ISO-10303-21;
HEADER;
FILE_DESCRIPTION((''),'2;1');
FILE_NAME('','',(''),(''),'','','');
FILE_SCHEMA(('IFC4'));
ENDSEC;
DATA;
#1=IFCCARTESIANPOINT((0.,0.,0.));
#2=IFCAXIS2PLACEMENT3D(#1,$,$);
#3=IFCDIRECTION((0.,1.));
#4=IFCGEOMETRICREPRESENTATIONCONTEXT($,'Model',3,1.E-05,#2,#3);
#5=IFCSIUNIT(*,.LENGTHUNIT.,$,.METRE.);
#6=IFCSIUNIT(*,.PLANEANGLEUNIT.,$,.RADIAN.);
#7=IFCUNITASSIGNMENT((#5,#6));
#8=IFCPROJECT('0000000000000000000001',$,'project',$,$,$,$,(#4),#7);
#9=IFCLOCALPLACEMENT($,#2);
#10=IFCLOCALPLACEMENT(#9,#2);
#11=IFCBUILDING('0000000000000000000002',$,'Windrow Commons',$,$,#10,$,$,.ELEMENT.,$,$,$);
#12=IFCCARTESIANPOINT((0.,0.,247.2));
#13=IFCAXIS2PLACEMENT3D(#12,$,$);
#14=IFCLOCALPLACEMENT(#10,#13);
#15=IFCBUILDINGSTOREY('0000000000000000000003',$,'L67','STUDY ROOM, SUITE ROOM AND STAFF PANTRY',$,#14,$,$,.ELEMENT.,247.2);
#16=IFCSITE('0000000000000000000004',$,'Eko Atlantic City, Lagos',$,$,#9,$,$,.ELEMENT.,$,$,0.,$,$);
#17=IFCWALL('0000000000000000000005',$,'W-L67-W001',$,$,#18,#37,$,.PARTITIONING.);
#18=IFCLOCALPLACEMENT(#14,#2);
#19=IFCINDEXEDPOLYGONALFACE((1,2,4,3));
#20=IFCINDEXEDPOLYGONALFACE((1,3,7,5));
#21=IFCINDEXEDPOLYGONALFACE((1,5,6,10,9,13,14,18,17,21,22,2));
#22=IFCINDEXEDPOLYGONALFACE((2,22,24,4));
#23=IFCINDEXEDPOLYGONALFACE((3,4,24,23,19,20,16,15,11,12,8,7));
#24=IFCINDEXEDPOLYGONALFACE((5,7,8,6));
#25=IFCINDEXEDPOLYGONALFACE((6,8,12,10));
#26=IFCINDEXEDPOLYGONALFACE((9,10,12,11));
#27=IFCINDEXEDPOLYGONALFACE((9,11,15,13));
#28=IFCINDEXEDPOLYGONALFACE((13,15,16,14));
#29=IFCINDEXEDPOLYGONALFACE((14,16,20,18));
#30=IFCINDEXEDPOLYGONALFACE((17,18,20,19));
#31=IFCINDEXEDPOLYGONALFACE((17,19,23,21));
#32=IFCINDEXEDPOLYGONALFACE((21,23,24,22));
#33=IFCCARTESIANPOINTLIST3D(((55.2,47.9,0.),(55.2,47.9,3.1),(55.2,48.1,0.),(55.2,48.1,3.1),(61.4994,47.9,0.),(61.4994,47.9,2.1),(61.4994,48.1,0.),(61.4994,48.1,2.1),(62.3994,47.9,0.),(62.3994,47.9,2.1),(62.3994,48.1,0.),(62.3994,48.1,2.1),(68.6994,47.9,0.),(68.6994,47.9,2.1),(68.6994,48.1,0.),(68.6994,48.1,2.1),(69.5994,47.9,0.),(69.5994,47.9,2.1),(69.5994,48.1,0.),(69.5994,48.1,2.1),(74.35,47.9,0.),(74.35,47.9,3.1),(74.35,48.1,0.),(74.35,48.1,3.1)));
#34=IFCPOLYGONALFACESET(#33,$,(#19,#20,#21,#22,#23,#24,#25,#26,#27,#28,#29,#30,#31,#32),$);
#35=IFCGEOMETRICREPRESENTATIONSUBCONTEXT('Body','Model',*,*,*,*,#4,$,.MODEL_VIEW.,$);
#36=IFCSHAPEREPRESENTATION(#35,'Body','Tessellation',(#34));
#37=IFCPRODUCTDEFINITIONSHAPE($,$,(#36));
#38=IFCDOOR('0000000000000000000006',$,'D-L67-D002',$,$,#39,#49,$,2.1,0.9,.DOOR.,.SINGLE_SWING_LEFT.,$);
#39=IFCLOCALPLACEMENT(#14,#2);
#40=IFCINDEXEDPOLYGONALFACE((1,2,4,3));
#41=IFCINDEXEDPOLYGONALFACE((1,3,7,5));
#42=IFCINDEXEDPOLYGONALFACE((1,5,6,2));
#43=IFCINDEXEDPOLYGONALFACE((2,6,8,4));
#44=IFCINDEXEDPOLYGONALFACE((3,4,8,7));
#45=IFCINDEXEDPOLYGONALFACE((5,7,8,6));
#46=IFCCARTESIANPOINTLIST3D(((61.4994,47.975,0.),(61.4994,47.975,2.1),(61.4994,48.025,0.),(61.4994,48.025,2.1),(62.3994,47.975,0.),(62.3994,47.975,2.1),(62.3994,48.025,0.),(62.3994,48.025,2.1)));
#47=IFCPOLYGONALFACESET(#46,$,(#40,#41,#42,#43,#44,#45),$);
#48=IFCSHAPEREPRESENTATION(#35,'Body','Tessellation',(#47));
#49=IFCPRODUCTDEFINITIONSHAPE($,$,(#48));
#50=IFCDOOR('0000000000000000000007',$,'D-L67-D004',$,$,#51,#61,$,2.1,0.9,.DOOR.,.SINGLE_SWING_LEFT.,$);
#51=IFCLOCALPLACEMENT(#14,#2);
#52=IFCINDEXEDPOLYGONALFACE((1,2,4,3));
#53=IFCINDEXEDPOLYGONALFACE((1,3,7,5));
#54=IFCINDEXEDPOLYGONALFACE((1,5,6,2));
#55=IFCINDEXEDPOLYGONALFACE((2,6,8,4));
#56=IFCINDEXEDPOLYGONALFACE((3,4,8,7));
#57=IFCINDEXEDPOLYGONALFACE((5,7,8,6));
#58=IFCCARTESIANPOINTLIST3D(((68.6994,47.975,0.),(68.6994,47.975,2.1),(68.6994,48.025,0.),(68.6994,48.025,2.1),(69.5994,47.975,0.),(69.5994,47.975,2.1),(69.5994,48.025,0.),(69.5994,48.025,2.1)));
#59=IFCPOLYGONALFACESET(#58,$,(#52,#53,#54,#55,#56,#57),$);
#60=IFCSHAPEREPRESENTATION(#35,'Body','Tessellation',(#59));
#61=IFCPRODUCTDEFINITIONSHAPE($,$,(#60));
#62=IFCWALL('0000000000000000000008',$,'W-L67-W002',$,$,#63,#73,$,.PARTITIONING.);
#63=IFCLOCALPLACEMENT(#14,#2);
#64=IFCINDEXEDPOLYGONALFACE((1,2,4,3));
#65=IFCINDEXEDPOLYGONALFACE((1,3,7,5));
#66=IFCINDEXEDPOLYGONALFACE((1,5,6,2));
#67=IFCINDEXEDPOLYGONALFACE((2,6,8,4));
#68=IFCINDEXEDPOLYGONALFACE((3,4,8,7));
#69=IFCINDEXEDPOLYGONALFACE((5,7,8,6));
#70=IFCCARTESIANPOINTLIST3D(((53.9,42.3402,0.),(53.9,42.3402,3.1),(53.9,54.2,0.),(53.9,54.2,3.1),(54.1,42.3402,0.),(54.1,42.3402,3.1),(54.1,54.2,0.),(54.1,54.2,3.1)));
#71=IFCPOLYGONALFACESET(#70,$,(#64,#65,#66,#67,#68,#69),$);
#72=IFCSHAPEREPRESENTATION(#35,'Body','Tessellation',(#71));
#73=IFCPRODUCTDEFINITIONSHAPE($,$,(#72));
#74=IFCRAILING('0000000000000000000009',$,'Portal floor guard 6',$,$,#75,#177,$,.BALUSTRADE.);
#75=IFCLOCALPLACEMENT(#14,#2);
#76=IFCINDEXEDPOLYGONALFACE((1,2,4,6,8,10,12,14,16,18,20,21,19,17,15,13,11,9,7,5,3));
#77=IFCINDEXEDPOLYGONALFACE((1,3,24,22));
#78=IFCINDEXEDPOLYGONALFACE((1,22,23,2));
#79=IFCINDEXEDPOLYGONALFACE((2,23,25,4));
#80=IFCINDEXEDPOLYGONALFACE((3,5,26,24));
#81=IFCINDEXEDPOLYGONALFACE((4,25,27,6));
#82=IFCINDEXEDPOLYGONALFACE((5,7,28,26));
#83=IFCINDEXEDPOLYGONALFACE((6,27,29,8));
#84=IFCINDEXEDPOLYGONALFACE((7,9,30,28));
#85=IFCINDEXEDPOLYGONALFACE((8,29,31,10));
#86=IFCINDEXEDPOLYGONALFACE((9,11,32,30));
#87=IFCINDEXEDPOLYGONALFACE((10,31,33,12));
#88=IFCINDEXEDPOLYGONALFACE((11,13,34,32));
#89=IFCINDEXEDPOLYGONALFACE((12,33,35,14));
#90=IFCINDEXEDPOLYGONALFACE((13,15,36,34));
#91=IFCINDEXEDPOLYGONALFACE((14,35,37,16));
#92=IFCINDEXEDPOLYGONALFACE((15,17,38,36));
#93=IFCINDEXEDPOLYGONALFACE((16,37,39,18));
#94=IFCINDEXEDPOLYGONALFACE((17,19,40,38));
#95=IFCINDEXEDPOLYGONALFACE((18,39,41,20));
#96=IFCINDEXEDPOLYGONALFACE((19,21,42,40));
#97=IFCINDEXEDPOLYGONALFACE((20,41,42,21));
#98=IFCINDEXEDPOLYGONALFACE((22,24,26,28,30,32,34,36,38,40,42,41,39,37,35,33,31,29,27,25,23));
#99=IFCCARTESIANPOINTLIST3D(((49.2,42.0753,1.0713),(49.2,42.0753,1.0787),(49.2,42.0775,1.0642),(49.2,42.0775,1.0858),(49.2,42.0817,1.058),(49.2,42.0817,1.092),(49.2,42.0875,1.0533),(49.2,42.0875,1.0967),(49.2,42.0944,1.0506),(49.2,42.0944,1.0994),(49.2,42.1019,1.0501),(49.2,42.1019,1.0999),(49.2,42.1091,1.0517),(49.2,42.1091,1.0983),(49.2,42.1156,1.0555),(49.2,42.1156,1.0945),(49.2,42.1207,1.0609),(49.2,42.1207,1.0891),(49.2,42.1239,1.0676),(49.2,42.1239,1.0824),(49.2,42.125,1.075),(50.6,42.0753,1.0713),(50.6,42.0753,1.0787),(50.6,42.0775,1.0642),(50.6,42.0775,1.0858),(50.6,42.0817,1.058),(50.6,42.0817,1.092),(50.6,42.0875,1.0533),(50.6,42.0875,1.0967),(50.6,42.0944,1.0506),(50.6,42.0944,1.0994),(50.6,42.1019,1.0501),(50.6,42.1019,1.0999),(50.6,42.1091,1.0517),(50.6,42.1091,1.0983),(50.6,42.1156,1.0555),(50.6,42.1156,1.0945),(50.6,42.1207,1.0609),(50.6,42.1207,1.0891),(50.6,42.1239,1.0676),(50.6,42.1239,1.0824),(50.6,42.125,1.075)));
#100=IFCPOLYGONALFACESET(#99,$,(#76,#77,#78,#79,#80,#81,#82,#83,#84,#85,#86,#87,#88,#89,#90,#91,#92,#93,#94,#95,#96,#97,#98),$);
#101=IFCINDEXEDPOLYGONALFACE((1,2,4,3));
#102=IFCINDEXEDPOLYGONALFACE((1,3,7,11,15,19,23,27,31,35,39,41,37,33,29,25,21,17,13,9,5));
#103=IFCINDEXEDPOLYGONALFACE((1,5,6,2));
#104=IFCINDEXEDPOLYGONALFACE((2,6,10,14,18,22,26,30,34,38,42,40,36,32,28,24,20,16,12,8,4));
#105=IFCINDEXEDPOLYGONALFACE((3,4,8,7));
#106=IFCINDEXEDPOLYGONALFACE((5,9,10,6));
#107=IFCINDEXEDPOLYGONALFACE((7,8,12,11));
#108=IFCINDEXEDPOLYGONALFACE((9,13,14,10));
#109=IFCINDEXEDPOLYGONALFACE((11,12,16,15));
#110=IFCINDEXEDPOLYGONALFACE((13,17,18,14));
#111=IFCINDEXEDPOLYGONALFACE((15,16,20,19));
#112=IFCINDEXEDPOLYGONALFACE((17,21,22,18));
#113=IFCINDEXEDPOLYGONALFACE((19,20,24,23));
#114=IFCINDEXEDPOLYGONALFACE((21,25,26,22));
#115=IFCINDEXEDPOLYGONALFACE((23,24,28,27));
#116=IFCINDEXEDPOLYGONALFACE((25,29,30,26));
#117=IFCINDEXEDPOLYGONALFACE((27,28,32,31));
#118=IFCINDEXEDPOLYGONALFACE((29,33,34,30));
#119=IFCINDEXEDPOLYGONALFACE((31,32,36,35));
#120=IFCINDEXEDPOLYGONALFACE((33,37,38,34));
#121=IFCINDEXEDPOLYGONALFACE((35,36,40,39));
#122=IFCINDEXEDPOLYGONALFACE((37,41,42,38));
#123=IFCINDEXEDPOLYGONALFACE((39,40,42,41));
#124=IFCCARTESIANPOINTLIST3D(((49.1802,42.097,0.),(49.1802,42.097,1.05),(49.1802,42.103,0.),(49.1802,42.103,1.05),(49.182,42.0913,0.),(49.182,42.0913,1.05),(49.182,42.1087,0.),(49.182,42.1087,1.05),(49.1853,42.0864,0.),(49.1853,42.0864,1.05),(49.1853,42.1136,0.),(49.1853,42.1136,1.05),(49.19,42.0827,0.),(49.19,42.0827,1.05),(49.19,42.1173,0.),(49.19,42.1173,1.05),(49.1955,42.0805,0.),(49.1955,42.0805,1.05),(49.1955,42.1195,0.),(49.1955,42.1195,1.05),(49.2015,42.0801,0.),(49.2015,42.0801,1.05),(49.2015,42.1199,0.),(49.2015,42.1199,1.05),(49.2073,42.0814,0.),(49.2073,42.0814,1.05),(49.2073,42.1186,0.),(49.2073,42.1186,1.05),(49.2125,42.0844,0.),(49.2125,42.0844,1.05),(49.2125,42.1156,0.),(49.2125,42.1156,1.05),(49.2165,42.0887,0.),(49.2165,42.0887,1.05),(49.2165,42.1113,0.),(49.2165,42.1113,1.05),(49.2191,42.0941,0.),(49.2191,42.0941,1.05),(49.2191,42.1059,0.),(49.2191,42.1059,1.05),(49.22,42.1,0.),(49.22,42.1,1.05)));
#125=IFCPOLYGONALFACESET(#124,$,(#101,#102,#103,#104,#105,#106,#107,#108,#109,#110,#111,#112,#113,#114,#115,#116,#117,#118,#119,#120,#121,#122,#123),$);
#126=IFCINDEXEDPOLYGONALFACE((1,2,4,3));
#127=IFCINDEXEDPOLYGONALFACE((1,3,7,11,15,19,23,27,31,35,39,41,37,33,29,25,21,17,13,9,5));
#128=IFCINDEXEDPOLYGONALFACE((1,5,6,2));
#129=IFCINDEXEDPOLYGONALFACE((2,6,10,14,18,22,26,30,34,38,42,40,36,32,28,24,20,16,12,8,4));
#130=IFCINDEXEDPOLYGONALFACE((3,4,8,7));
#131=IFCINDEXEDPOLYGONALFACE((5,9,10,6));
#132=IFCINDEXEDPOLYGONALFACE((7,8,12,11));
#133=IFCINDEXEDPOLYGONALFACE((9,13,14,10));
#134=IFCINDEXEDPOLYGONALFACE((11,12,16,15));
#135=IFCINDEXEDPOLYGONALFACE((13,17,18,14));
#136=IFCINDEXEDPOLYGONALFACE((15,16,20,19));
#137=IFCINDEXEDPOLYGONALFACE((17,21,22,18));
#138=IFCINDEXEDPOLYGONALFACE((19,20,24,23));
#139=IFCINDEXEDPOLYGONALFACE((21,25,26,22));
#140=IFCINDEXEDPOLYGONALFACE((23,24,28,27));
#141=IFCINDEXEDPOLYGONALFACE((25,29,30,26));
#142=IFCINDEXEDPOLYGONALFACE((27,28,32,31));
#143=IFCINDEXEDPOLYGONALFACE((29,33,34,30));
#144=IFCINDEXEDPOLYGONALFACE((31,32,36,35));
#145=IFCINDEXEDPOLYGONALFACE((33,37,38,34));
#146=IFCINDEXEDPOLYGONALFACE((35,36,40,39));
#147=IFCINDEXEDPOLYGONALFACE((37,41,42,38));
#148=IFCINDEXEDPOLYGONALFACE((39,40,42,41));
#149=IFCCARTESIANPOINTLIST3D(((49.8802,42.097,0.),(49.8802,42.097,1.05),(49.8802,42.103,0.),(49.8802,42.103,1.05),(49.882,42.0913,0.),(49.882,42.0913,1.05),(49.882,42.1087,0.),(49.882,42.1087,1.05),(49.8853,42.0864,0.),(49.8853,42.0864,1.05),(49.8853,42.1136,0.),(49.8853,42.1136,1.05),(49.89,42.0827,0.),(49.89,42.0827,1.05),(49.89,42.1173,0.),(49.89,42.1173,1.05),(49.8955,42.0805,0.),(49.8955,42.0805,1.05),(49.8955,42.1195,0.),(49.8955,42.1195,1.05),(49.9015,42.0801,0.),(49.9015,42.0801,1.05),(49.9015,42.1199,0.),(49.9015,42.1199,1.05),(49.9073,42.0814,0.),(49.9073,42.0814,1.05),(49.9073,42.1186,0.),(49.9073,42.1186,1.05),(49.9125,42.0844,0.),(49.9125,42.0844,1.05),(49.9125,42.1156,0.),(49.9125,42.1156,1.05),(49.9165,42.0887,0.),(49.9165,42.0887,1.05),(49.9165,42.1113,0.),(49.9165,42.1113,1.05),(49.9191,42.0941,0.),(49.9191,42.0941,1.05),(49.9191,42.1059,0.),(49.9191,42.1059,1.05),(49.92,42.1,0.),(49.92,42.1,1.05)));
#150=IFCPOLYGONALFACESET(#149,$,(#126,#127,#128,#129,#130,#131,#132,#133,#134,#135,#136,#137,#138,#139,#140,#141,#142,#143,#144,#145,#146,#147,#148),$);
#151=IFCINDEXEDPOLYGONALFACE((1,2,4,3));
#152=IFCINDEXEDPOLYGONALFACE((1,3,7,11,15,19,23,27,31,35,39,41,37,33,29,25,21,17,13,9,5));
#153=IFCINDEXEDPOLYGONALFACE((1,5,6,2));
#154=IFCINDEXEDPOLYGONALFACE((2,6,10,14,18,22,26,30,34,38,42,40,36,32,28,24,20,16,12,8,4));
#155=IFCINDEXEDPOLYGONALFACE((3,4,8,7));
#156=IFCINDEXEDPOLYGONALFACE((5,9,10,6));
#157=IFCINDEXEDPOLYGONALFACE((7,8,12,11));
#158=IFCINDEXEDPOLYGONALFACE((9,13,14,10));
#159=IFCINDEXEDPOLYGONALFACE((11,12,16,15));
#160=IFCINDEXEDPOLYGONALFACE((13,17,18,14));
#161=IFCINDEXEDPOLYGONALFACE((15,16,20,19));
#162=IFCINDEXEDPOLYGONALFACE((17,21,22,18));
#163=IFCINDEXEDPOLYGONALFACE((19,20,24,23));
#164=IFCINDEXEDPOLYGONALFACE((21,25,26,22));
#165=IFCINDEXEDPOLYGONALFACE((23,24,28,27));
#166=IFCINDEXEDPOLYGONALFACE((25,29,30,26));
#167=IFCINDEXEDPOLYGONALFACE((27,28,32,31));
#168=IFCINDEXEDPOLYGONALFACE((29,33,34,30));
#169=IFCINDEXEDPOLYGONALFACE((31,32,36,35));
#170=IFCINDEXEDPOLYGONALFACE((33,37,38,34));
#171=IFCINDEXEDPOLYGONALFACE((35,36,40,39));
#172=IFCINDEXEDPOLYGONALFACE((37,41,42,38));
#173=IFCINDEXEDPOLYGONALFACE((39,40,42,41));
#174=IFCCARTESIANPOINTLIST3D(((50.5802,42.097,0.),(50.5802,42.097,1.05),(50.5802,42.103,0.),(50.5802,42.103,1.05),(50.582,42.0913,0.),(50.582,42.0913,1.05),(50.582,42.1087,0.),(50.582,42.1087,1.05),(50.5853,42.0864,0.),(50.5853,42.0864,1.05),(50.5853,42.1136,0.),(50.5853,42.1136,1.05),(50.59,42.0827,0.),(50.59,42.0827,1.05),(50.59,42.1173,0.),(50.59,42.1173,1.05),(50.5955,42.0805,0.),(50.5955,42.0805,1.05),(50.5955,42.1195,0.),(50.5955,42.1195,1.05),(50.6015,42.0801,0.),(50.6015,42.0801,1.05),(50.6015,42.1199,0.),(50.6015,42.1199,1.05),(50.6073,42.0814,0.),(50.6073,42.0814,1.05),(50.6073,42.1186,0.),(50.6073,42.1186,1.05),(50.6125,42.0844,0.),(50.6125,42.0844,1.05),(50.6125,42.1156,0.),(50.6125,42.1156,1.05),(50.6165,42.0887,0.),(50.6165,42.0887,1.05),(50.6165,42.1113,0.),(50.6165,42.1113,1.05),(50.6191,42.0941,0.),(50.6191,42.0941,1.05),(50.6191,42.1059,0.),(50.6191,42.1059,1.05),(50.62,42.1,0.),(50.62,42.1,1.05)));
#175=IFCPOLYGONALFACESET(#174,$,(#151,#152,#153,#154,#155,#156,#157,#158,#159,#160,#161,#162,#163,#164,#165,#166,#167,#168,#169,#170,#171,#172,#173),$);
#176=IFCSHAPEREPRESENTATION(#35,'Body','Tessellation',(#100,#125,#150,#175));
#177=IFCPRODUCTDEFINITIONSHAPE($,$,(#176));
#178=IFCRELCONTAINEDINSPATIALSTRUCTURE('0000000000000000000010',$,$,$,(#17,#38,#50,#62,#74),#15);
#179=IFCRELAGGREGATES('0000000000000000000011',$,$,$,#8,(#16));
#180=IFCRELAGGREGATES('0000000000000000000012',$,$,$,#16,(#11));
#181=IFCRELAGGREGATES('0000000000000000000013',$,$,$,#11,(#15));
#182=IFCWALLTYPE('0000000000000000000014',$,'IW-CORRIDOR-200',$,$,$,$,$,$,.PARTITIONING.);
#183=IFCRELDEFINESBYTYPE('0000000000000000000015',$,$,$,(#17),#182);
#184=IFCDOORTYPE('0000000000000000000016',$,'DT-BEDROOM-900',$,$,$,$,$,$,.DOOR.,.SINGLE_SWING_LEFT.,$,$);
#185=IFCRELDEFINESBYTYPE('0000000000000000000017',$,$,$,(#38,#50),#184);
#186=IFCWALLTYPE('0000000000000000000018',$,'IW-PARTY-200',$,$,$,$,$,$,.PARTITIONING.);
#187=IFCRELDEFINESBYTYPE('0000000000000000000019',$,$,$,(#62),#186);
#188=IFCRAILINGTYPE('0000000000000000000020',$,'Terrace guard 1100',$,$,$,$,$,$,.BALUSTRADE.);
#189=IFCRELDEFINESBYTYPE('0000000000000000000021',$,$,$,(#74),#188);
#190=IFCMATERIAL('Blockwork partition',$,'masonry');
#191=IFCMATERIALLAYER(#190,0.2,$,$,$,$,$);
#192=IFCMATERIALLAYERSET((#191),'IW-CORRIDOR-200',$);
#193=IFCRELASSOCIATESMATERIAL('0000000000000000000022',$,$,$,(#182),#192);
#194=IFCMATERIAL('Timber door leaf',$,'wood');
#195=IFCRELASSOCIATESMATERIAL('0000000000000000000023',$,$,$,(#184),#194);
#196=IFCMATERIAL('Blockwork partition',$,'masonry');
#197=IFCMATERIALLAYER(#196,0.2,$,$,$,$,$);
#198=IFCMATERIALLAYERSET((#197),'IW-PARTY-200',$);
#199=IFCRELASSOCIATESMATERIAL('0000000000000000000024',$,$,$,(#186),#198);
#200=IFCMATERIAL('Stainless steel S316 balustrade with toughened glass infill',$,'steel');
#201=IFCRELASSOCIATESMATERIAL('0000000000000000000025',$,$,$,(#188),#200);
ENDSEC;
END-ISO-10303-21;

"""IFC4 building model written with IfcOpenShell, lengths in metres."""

from ifc_helpers import new_model, si_unit, direction, frame, frame_2d, origin, origin_2d, place, context, subcontext, project, spatial, rectangle, circle, extrude, material, layer, layer_set, type_object, element, fill, save


model = new_model("IFC4")

# Units and contexts
model_context = context("Model", 3, precision=1e-05, world=origin(), true_north=direction((0.0, 1.0)))
body_context = subcontext(model_context, "Body", "Model", "MODEL_VIEW")
ifc_project = project(units=[si_unit("LENGTHUNIT", "METRE"), si_unit("PLANEANGLEUNIT", "RADIAN")], contexts=[model_context])

# Site, building, storey
site_placement = place(None, origin())
site = spatial("IfcSite", under=ifc_project, at=site_placement, Name="Eko Atlantic City, Lagos", CompositionType="ELEMENT", RefElevation=0.0)
building_placement = place(site_placement, origin())
building = spatial("IfcBuilding", under=site, at=building_placement, Name="Windrow Commons", CompositionType="ELEMENT")
storey_placement = place(building_placement, frame((0.0, 0.0, 247.2)))
storey = spatial("IfcBuildingStorey", under=building, at=storey_placement, Name="L67", Description="STUDY ROOM, SUITE ROOM AND STAFF PANTRY", CompositionType="ELEMENT", Elevation=247.2)

# Wall, openings, doors
ifc_material_1 = material(Name="Blockwork partition", Category="masonry")
ifc_layer_1 = layer(ifc_material_1, 0.2)
ifc_layer_set_1 = layer_set([ifc_layer_1], Name="IW-CORRIDOR-200")
wall_type_1 = type_object("IfcWallType", Name="IW-CORRIDOR-200", PredefinedType="PARTITIONING", material=ifc_layer_set_1)
wall_1_placement = place(storey_placement, frame((55.2, 48.0, 0.0), z_axis=(0.0, 0.0, 1.0), x_axis=(1.0, 0.0, 0.0)))
wall_1 = element("IfcWall", 1, at=wall_1_placement, inside=storey, type_object=wall_type_1, Name="W-L67-W001", PredefinedType="PARTITIONING", context=body_context, shape_type="SweptSolid", body=[
    extrude(rectangle(XDim=19.15, YDim=0.2, at=frame_2d((9.575, 0.0))), origin(), (0.0, 0.0, 1.0), 3.1),
])
opening_1_placement = place(wall_1_placement, frame((6.2994, 0.0, 0.0)))
opening_1 = element("IfcOpeningElement", 2, at=opening_1_placement, cuts=wall_1, PredefinedType="OPENING", context=body_context, shape_type="SweptSolid", body=[
    extrude(rectangle(XDim=0.9, YDim=2.1, at=frame_2d((0.45, 1.05))), frame((0.0, 0.11, 0.0), z_axis=(0.0, -1.0, 0.0), x_axis=(1.0, 0.0, 0.0)), (0.0, 0.0, 1.0), 0.22),
])
opening_2_placement = place(wall_1_placement, frame((13.4994, 0.0, 0.0)))
opening_2 = element("IfcOpeningElement", 3, at=opening_2_placement, cuts=wall_1, PredefinedType="OPENING", context=body_context, shape_type="SweptSolid", body=[
    extrude(rectangle(XDim=0.9, YDim=2.1, at=frame_2d((0.45, 1.05))), frame((0.0, 0.11, 0.0), z_axis=(0.0, -1.0, 0.0), x_axis=(1.0, 0.0, 0.0)), (0.0, 0.0, 1.0), 0.22),
])
ifc_material_2 = material(Name="Timber door leaf", Category="wood")
door_type = type_object("IfcDoorType", Name="DT-BEDROOM-900", OperationType="SINGLE_SWING_LEFT", PredefinedType="DOOR", material=ifc_material_2)
door_1_placement = place(opening_1_placement, origin())
door_1 = element("IfcDoor", 4, at=door_1_placement, inside=storey, type_object=door_type, Name="D-L67-D002", OperationType="SINGLE_SWING_LEFT", OverallHeight=2.1, OverallWidth=0.9, PredefinedType="DOOR", context=body_context, shape_type="SweptSolid", body=[
    extrude(rectangle(XDim=0.9, YDim=2.1, at=frame_2d((0.45, 1.05))), frame((0.0, 0.025, 0.0), z_axis=(0.0, -1.0, 0.0), x_axis=(1.0, 0.0, 0.0)), (0.0, 0.0, 1.0), 0.05),
])
fill(opening_1, door_1)
door_2_placement = place(opening_2_placement, origin())
door_2 = element("IfcDoor", 5, at=door_2_placement, inside=storey, type_object=door_type, Name="D-L67-D004", OperationType="SINGLE_SWING_LEFT", OverallHeight=2.1, OverallWidth=0.9, PredefinedType="DOOR", context=body_context, shape_type="SweptSolid", body=[
    extrude(rectangle(XDim=0.9, YDim=2.1, at=frame_2d((0.45, 1.05))), frame((0.0, 0.025, 0.0), z_axis=(0.0, -1.0, 0.0), x_axis=(1.0, 0.0, 0.0)), (0.0, 0.0, 1.0), 0.05),
])
fill(opening_2, door_2)

# Wall
ifc_material_3 = material(Name="Blockwork partition", Category="masonry")
ifc_layer_2 = layer(ifc_material_3, 0.2)
ifc_layer_set_2 = layer_set([ifc_layer_2], Name="IW-PARTY-200")
wall_type_2 = type_object("IfcWallType", Name="IW-PARTY-200", PredefinedType="PARTITIONING", material=ifc_layer_set_2)
wall_2_placement = place(storey_placement, frame((54.0, 42.3402, 0.0), z_axis=(0.0, 0.0, 1.0), x_axis=(0.0, 1.0, 0.0)))
element("IfcWall", 6, at=wall_2_placement, inside=storey, type_object=wall_type_2, Name="W-L67-W002", PredefinedType="PARTITIONING", context=body_context, shape_type="SweptSolid", body=[
    extrude(rectangle(XDim=11.8598, YDim=0.2, at=frame_2d((5.9299, 0.0))), origin(), (0.0, 0.0, 1.0), 3.1),
])

# Railing
ifc_material_4 = material(Name="Stainless steel S316 balustrade with toughened glass infill", Category="steel")
railing_type = type_object("IfcRailingType", Name="Terrace guard 1100", PredefinedType="BALUSTRADE", material=ifc_material_4)
railing_placement = place(storey_placement, frame((49.2, 42.1, 0.0)))
element("IfcRailing", 7, at=railing_placement, inside=storey, type_object=railing_type, Name="Portal floor guard 6", PredefinedType="BALUSTRADE", context=body_context, shape_type="SweptSolid", body=[
    extrude(circle(Radius=0.025, at=origin_2d()), frame((0.0, 0.0, 1.075), z_axis=(1.0, 0.0, 0.0), x_axis=(0.0, 1.0, 0.0)), (0.0, 0.0, 1.0), 1.4),
    extrude(circle(Radius=0.02, at=origin_2d()), origin(), (0.0, 0.0, 1.0), 1.05),
    extrude(circle(Radius=0.02, at=origin_2d()), frame((0.7, 0.0, 0.0)), (0.0, 0.0, 1.0), 1.05),
    extrude(circle(Radius=0.02, at=origin_2d()), frame((1.4, 0.0, 0.0)), (0.0, 0.0, 1.0), 1.05),
])

save(model, "model.ifc")
